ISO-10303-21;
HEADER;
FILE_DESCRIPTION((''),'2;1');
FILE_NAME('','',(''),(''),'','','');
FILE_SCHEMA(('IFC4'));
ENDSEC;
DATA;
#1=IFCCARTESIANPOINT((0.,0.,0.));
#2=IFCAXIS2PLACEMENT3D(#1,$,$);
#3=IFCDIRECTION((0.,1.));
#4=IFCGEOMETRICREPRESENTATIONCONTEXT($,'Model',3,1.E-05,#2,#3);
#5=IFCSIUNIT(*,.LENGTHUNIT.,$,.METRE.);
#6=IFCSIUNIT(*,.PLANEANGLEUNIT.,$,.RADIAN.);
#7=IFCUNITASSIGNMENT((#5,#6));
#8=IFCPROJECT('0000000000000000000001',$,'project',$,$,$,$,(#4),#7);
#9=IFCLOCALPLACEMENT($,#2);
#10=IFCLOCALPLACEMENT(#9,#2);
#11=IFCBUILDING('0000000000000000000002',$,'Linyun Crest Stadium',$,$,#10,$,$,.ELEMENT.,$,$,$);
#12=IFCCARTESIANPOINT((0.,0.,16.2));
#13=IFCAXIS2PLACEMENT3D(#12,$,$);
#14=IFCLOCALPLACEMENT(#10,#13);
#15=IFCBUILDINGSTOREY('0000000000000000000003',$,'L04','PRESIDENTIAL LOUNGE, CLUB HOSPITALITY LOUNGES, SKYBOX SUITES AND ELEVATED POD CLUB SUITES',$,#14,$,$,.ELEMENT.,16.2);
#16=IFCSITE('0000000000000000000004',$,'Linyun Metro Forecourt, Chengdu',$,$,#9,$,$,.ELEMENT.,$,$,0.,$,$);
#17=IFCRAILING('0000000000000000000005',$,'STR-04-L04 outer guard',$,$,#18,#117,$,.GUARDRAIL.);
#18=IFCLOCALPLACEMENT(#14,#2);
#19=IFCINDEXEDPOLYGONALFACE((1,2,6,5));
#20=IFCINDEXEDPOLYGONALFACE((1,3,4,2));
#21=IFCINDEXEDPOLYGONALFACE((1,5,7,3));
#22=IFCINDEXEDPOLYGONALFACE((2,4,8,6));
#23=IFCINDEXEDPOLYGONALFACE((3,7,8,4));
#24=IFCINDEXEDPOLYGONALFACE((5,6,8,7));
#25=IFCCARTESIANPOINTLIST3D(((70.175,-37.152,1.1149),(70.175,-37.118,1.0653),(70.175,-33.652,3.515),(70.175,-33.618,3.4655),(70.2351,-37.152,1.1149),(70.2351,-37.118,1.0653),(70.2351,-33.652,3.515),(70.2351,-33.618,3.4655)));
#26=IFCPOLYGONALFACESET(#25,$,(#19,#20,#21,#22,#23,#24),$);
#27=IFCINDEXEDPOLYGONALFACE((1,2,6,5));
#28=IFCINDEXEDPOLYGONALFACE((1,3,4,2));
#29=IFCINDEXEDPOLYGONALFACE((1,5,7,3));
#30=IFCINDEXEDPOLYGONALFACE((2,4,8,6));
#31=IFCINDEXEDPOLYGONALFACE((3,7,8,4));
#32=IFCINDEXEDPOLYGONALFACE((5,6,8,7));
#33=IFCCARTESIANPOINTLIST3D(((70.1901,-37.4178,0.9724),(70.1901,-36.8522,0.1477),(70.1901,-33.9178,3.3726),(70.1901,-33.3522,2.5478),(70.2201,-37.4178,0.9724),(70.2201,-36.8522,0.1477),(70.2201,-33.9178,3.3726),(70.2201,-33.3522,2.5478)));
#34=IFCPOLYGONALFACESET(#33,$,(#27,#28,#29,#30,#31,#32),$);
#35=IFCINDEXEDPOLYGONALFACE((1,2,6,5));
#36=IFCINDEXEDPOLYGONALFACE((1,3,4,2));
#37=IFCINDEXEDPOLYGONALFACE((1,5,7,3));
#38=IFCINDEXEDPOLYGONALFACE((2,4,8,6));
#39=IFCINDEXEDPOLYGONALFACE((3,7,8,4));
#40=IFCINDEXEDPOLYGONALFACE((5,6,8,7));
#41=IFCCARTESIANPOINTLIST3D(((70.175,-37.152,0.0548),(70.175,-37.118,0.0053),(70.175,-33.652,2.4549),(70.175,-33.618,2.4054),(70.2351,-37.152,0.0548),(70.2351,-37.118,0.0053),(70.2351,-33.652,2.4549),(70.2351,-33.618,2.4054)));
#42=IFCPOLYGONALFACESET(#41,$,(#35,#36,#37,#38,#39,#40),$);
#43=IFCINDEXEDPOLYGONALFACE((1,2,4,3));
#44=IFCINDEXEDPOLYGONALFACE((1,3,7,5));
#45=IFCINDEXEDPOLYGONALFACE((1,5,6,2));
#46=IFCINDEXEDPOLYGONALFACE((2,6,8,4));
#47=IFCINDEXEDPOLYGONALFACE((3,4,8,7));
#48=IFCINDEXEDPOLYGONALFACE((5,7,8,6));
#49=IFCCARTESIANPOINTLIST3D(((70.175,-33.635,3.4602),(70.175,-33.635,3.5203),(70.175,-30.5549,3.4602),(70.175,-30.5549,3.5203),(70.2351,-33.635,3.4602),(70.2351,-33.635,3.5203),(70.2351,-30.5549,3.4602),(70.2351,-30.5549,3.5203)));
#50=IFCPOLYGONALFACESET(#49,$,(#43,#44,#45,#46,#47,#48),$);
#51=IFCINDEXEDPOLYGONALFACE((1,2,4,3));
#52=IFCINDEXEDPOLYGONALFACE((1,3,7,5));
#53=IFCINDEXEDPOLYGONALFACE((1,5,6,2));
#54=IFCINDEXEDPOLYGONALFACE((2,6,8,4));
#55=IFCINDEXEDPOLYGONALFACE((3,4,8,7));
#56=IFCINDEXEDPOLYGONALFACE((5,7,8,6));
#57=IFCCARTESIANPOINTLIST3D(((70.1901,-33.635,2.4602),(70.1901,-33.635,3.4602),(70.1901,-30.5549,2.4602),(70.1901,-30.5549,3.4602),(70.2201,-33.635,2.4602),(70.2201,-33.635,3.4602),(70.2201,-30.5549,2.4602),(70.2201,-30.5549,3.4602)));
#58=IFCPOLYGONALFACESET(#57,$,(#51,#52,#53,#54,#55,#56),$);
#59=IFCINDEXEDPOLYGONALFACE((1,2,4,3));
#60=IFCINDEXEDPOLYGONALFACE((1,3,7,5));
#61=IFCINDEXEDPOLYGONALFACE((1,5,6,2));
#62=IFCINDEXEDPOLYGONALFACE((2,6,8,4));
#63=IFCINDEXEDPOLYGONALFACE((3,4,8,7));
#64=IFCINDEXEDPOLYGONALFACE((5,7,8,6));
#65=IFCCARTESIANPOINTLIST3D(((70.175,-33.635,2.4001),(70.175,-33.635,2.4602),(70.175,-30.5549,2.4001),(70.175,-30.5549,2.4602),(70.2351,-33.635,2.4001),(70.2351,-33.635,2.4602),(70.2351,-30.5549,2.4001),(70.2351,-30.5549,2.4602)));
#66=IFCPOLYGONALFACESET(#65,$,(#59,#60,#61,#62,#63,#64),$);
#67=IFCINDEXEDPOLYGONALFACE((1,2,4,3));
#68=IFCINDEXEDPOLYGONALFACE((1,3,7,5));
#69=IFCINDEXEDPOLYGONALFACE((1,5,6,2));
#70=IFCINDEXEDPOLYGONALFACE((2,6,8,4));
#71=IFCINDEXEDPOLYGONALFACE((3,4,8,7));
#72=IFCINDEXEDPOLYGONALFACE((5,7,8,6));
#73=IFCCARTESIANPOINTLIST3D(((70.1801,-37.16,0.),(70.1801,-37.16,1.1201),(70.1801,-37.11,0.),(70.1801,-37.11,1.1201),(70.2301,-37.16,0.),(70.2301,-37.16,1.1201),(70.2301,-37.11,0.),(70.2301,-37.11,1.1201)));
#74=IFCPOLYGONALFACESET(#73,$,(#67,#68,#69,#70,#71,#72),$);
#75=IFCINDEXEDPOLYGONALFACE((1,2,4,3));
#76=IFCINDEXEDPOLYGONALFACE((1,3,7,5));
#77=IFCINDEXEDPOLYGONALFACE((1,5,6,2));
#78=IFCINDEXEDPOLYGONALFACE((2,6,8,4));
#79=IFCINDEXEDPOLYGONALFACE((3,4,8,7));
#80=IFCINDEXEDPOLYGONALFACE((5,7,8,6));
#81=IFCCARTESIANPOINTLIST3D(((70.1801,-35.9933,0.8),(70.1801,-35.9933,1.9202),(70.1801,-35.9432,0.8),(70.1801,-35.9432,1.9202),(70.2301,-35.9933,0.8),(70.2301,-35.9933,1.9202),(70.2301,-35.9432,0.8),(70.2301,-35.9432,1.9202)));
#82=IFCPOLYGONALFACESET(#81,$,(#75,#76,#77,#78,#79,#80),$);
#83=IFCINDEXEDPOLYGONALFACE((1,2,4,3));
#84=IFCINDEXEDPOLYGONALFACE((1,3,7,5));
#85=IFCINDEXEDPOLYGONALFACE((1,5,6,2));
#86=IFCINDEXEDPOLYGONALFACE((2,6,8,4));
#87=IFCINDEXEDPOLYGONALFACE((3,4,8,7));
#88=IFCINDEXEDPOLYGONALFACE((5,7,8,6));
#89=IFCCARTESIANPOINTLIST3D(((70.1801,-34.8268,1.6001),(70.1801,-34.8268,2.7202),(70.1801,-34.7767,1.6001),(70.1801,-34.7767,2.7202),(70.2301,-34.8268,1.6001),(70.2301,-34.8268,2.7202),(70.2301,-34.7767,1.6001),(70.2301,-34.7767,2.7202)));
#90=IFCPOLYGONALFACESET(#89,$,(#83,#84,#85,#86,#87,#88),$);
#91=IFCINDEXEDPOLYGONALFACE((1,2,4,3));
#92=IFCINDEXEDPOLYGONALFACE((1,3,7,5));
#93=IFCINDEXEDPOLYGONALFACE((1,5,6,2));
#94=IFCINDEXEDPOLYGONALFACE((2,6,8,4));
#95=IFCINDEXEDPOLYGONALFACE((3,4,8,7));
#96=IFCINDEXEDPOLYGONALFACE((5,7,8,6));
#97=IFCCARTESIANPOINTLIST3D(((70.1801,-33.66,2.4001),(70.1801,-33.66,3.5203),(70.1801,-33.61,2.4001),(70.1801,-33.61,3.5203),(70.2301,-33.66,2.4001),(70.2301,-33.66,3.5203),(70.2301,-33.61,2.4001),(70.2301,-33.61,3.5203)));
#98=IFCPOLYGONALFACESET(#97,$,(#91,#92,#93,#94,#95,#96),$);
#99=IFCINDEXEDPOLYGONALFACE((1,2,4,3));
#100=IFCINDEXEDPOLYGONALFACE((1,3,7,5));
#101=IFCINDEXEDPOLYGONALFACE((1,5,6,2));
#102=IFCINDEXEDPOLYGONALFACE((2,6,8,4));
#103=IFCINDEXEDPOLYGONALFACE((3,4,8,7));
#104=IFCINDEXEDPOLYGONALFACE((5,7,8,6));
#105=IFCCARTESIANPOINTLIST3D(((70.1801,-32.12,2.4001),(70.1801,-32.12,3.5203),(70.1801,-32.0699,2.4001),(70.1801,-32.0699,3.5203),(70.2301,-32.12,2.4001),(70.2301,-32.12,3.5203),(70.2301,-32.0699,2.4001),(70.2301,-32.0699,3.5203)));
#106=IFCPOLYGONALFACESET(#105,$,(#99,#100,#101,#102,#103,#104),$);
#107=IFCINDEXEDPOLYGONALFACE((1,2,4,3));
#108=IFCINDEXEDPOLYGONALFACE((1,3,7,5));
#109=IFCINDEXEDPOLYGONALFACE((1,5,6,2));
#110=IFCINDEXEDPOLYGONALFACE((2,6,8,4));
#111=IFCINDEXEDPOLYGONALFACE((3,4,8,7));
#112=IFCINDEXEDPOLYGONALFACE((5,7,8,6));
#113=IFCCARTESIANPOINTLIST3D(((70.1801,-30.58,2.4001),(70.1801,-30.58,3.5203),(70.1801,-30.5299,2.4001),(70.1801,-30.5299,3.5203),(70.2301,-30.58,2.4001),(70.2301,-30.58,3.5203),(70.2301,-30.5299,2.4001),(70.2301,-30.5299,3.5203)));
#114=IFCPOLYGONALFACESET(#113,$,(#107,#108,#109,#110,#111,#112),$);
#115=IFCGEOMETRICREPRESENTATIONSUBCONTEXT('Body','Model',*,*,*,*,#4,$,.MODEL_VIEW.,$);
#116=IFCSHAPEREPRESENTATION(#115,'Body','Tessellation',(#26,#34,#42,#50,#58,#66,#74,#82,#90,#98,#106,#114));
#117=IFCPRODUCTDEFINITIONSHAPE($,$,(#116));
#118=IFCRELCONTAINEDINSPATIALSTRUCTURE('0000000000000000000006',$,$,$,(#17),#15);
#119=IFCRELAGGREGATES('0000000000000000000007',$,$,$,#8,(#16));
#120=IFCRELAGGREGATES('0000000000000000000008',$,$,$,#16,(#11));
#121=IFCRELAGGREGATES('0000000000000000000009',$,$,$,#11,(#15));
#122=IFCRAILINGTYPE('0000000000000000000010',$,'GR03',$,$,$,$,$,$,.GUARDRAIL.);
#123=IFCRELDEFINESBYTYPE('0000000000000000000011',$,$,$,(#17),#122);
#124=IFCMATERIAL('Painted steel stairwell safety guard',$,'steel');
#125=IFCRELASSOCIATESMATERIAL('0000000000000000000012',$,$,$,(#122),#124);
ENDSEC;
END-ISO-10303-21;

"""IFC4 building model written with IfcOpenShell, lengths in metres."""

from ifc_helpers import new_model, si_unit, direction, frame, origin, origin_2d, place, context, subcontext, project, spatial, rectangle, extrude, material, type_object, element, save


model = new_model("IFC4")

# Units and contexts
model_context = context("Model", 3, precision=1e-05, world=origin(), true_north=direction((0.0, 1.0)))
body_context = subcontext(model_context, "Body", "Model", "MODEL_VIEW")
ifc_project = project(units=[si_unit("LENGTHUNIT", "METRE"), si_unit("PLANEANGLEUNIT", "RADIAN")], contexts=[model_context])

# Site, building, storey
site_placement = place(None, origin())
site = spatial("IfcSite", under=ifc_project, at=site_placement, Name="Linyun Metro Forecourt, Chengdu", CompositionType="ELEMENT", RefElevation=0.0)
building_placement = place(site_placement, origin())
building = spatial("IfcBuilding", under=site, at=building_placement, Name="Linyun Crest Stadium", CompositionType="ELEMENT")
storey_placement = place(building_placement, frame((0.0, 0.0, 16.2)))
storey = spatial("IfcBuildingStorey", under=building, at=storey_placement, Name="L04", Description="PRESIDENTIAL LOUNGE, CLUB HOSPITALITY LOUNGES, SKYBOX SUITES AND ELEVATED POD CLUB SUITES", CompositionType="ELEMENT", Elevation=16.2)

# Railing
ifc_material_1 = material(Name="Painted steel stairwell safety guard", Category="steel")
railing_type_1 = type_object("IfcRailingType", Name="GR03", PredefinedType="GUARDRAIL", material=ifc_material_1)
railing_1_placement = place(storey_placement, frame((70.2051, -37.135, 0.0)))
element("IfcRailing", 1, at=railing_1_placement, inside=storey, type_object=railing_type_1, Name="STR-04-L04 outer guard", PredefinedType="GUARDRAIL", context=body_context, shape_type="SweptSolid", body=[
    extrude(rectangle(XDim=0.0601, YDim=0.0601, at=origin_2d()), frame((0.0, 0.0, 1.0901), z_axis=(0.0, 0.824713, 0.565552), x_axis=(-1.0, 0.0, 0.0)), (0.0, 0.0, 1.0), 4.2439),
    extrude(rectangle(XDim=0.03, YDim=1.0, at=origin_2d()), frame((0.0, 0.0, 0.5601), z_axis=(0.0, 0.824713, 0.565552), x_axis=(-1.0, 0.0, 0.0)), (0.0, 0.0, 1.0), 4.2439),
    extrude(rectangle(XDim=0.0601, YDim=0.0601, at=origin_2d()), frame((0.0, 0.0, 0.03), z_axis=(0.0, 0.824713, 0.565552), x_axis=(-1.0, 0.0, 0.0)), (0.0, 0.0, 1.0), 4.2439),
    extrude(rectangle(XDim=0.0601, YDim=0.0601, at=origin_2d()), frame((0.0, 3.5, 3.4902), z_axis=(0.0, 1.0, 0.0), x_axis=(-1.0, 0.0, 0.0)), (0.0, 0.0, 1.0), 3.0801),
    extrude(rectangle(XDim=0.03, YDim=1.0, at=origin_2d()), frame((0.0, 3.5, 2.9602), z_axis=(0.0, 1.0, 0.0), x_axis=(-1.0, 0.0, 0.0)), (0.0, 0.0, 1.0), 3.0801),
    extrude(rectangle(XDim=0.0601, YDim=0.0601, at=origin_2d()), frame((0.0, 3.5, 2.4302), z_axis=(0.0, 1.0, 0.0), x_axis=(-1.0, 0.0, 0.0)), (0.0, 0.0, 1.0), 3.0801),
    extrude(rectangle(XDim=0.05, YDim=0.05, at=origin_2d()), origin(), (0.0, 0.0, 1.0), 1.1201),
    extrude(rectangle(XDim=0.05, YDim=0.05, at=origin_2d()), frame((0.0, 1.1667, 0.8)), (0.0, 0.0, 1.0), 1.1201),
    extrude(rectangle(XDim=0.05, YDim=0.05, at=origin_2d()), frame((0.0, 2.3333, 1.6001)), (0.0, 0.0, 1.0), 1.1201),
    extrude(rectangle(XDim=0.05, YDim=0.05, at=origin_2d()), frame((0.0, 3.5, 2.4001)), (0.0, 0.0, 1.0), 1.1201),
    extrude(rectangle(XDim=0.05, YDim=0.05, at=origin_2d()), frame((0.0, 5.04, 2.4001)), (0.0, 0.0, 1.0), 1.1201),
    extrude(rectangle(XDim=0.05, YDim=0.05, at=origin_2d()), frame((0.0, 6.5801, 2.4001)), (0.0, 0.0, 1.0), 1.1201),
])

save(model, "model.ifc")
